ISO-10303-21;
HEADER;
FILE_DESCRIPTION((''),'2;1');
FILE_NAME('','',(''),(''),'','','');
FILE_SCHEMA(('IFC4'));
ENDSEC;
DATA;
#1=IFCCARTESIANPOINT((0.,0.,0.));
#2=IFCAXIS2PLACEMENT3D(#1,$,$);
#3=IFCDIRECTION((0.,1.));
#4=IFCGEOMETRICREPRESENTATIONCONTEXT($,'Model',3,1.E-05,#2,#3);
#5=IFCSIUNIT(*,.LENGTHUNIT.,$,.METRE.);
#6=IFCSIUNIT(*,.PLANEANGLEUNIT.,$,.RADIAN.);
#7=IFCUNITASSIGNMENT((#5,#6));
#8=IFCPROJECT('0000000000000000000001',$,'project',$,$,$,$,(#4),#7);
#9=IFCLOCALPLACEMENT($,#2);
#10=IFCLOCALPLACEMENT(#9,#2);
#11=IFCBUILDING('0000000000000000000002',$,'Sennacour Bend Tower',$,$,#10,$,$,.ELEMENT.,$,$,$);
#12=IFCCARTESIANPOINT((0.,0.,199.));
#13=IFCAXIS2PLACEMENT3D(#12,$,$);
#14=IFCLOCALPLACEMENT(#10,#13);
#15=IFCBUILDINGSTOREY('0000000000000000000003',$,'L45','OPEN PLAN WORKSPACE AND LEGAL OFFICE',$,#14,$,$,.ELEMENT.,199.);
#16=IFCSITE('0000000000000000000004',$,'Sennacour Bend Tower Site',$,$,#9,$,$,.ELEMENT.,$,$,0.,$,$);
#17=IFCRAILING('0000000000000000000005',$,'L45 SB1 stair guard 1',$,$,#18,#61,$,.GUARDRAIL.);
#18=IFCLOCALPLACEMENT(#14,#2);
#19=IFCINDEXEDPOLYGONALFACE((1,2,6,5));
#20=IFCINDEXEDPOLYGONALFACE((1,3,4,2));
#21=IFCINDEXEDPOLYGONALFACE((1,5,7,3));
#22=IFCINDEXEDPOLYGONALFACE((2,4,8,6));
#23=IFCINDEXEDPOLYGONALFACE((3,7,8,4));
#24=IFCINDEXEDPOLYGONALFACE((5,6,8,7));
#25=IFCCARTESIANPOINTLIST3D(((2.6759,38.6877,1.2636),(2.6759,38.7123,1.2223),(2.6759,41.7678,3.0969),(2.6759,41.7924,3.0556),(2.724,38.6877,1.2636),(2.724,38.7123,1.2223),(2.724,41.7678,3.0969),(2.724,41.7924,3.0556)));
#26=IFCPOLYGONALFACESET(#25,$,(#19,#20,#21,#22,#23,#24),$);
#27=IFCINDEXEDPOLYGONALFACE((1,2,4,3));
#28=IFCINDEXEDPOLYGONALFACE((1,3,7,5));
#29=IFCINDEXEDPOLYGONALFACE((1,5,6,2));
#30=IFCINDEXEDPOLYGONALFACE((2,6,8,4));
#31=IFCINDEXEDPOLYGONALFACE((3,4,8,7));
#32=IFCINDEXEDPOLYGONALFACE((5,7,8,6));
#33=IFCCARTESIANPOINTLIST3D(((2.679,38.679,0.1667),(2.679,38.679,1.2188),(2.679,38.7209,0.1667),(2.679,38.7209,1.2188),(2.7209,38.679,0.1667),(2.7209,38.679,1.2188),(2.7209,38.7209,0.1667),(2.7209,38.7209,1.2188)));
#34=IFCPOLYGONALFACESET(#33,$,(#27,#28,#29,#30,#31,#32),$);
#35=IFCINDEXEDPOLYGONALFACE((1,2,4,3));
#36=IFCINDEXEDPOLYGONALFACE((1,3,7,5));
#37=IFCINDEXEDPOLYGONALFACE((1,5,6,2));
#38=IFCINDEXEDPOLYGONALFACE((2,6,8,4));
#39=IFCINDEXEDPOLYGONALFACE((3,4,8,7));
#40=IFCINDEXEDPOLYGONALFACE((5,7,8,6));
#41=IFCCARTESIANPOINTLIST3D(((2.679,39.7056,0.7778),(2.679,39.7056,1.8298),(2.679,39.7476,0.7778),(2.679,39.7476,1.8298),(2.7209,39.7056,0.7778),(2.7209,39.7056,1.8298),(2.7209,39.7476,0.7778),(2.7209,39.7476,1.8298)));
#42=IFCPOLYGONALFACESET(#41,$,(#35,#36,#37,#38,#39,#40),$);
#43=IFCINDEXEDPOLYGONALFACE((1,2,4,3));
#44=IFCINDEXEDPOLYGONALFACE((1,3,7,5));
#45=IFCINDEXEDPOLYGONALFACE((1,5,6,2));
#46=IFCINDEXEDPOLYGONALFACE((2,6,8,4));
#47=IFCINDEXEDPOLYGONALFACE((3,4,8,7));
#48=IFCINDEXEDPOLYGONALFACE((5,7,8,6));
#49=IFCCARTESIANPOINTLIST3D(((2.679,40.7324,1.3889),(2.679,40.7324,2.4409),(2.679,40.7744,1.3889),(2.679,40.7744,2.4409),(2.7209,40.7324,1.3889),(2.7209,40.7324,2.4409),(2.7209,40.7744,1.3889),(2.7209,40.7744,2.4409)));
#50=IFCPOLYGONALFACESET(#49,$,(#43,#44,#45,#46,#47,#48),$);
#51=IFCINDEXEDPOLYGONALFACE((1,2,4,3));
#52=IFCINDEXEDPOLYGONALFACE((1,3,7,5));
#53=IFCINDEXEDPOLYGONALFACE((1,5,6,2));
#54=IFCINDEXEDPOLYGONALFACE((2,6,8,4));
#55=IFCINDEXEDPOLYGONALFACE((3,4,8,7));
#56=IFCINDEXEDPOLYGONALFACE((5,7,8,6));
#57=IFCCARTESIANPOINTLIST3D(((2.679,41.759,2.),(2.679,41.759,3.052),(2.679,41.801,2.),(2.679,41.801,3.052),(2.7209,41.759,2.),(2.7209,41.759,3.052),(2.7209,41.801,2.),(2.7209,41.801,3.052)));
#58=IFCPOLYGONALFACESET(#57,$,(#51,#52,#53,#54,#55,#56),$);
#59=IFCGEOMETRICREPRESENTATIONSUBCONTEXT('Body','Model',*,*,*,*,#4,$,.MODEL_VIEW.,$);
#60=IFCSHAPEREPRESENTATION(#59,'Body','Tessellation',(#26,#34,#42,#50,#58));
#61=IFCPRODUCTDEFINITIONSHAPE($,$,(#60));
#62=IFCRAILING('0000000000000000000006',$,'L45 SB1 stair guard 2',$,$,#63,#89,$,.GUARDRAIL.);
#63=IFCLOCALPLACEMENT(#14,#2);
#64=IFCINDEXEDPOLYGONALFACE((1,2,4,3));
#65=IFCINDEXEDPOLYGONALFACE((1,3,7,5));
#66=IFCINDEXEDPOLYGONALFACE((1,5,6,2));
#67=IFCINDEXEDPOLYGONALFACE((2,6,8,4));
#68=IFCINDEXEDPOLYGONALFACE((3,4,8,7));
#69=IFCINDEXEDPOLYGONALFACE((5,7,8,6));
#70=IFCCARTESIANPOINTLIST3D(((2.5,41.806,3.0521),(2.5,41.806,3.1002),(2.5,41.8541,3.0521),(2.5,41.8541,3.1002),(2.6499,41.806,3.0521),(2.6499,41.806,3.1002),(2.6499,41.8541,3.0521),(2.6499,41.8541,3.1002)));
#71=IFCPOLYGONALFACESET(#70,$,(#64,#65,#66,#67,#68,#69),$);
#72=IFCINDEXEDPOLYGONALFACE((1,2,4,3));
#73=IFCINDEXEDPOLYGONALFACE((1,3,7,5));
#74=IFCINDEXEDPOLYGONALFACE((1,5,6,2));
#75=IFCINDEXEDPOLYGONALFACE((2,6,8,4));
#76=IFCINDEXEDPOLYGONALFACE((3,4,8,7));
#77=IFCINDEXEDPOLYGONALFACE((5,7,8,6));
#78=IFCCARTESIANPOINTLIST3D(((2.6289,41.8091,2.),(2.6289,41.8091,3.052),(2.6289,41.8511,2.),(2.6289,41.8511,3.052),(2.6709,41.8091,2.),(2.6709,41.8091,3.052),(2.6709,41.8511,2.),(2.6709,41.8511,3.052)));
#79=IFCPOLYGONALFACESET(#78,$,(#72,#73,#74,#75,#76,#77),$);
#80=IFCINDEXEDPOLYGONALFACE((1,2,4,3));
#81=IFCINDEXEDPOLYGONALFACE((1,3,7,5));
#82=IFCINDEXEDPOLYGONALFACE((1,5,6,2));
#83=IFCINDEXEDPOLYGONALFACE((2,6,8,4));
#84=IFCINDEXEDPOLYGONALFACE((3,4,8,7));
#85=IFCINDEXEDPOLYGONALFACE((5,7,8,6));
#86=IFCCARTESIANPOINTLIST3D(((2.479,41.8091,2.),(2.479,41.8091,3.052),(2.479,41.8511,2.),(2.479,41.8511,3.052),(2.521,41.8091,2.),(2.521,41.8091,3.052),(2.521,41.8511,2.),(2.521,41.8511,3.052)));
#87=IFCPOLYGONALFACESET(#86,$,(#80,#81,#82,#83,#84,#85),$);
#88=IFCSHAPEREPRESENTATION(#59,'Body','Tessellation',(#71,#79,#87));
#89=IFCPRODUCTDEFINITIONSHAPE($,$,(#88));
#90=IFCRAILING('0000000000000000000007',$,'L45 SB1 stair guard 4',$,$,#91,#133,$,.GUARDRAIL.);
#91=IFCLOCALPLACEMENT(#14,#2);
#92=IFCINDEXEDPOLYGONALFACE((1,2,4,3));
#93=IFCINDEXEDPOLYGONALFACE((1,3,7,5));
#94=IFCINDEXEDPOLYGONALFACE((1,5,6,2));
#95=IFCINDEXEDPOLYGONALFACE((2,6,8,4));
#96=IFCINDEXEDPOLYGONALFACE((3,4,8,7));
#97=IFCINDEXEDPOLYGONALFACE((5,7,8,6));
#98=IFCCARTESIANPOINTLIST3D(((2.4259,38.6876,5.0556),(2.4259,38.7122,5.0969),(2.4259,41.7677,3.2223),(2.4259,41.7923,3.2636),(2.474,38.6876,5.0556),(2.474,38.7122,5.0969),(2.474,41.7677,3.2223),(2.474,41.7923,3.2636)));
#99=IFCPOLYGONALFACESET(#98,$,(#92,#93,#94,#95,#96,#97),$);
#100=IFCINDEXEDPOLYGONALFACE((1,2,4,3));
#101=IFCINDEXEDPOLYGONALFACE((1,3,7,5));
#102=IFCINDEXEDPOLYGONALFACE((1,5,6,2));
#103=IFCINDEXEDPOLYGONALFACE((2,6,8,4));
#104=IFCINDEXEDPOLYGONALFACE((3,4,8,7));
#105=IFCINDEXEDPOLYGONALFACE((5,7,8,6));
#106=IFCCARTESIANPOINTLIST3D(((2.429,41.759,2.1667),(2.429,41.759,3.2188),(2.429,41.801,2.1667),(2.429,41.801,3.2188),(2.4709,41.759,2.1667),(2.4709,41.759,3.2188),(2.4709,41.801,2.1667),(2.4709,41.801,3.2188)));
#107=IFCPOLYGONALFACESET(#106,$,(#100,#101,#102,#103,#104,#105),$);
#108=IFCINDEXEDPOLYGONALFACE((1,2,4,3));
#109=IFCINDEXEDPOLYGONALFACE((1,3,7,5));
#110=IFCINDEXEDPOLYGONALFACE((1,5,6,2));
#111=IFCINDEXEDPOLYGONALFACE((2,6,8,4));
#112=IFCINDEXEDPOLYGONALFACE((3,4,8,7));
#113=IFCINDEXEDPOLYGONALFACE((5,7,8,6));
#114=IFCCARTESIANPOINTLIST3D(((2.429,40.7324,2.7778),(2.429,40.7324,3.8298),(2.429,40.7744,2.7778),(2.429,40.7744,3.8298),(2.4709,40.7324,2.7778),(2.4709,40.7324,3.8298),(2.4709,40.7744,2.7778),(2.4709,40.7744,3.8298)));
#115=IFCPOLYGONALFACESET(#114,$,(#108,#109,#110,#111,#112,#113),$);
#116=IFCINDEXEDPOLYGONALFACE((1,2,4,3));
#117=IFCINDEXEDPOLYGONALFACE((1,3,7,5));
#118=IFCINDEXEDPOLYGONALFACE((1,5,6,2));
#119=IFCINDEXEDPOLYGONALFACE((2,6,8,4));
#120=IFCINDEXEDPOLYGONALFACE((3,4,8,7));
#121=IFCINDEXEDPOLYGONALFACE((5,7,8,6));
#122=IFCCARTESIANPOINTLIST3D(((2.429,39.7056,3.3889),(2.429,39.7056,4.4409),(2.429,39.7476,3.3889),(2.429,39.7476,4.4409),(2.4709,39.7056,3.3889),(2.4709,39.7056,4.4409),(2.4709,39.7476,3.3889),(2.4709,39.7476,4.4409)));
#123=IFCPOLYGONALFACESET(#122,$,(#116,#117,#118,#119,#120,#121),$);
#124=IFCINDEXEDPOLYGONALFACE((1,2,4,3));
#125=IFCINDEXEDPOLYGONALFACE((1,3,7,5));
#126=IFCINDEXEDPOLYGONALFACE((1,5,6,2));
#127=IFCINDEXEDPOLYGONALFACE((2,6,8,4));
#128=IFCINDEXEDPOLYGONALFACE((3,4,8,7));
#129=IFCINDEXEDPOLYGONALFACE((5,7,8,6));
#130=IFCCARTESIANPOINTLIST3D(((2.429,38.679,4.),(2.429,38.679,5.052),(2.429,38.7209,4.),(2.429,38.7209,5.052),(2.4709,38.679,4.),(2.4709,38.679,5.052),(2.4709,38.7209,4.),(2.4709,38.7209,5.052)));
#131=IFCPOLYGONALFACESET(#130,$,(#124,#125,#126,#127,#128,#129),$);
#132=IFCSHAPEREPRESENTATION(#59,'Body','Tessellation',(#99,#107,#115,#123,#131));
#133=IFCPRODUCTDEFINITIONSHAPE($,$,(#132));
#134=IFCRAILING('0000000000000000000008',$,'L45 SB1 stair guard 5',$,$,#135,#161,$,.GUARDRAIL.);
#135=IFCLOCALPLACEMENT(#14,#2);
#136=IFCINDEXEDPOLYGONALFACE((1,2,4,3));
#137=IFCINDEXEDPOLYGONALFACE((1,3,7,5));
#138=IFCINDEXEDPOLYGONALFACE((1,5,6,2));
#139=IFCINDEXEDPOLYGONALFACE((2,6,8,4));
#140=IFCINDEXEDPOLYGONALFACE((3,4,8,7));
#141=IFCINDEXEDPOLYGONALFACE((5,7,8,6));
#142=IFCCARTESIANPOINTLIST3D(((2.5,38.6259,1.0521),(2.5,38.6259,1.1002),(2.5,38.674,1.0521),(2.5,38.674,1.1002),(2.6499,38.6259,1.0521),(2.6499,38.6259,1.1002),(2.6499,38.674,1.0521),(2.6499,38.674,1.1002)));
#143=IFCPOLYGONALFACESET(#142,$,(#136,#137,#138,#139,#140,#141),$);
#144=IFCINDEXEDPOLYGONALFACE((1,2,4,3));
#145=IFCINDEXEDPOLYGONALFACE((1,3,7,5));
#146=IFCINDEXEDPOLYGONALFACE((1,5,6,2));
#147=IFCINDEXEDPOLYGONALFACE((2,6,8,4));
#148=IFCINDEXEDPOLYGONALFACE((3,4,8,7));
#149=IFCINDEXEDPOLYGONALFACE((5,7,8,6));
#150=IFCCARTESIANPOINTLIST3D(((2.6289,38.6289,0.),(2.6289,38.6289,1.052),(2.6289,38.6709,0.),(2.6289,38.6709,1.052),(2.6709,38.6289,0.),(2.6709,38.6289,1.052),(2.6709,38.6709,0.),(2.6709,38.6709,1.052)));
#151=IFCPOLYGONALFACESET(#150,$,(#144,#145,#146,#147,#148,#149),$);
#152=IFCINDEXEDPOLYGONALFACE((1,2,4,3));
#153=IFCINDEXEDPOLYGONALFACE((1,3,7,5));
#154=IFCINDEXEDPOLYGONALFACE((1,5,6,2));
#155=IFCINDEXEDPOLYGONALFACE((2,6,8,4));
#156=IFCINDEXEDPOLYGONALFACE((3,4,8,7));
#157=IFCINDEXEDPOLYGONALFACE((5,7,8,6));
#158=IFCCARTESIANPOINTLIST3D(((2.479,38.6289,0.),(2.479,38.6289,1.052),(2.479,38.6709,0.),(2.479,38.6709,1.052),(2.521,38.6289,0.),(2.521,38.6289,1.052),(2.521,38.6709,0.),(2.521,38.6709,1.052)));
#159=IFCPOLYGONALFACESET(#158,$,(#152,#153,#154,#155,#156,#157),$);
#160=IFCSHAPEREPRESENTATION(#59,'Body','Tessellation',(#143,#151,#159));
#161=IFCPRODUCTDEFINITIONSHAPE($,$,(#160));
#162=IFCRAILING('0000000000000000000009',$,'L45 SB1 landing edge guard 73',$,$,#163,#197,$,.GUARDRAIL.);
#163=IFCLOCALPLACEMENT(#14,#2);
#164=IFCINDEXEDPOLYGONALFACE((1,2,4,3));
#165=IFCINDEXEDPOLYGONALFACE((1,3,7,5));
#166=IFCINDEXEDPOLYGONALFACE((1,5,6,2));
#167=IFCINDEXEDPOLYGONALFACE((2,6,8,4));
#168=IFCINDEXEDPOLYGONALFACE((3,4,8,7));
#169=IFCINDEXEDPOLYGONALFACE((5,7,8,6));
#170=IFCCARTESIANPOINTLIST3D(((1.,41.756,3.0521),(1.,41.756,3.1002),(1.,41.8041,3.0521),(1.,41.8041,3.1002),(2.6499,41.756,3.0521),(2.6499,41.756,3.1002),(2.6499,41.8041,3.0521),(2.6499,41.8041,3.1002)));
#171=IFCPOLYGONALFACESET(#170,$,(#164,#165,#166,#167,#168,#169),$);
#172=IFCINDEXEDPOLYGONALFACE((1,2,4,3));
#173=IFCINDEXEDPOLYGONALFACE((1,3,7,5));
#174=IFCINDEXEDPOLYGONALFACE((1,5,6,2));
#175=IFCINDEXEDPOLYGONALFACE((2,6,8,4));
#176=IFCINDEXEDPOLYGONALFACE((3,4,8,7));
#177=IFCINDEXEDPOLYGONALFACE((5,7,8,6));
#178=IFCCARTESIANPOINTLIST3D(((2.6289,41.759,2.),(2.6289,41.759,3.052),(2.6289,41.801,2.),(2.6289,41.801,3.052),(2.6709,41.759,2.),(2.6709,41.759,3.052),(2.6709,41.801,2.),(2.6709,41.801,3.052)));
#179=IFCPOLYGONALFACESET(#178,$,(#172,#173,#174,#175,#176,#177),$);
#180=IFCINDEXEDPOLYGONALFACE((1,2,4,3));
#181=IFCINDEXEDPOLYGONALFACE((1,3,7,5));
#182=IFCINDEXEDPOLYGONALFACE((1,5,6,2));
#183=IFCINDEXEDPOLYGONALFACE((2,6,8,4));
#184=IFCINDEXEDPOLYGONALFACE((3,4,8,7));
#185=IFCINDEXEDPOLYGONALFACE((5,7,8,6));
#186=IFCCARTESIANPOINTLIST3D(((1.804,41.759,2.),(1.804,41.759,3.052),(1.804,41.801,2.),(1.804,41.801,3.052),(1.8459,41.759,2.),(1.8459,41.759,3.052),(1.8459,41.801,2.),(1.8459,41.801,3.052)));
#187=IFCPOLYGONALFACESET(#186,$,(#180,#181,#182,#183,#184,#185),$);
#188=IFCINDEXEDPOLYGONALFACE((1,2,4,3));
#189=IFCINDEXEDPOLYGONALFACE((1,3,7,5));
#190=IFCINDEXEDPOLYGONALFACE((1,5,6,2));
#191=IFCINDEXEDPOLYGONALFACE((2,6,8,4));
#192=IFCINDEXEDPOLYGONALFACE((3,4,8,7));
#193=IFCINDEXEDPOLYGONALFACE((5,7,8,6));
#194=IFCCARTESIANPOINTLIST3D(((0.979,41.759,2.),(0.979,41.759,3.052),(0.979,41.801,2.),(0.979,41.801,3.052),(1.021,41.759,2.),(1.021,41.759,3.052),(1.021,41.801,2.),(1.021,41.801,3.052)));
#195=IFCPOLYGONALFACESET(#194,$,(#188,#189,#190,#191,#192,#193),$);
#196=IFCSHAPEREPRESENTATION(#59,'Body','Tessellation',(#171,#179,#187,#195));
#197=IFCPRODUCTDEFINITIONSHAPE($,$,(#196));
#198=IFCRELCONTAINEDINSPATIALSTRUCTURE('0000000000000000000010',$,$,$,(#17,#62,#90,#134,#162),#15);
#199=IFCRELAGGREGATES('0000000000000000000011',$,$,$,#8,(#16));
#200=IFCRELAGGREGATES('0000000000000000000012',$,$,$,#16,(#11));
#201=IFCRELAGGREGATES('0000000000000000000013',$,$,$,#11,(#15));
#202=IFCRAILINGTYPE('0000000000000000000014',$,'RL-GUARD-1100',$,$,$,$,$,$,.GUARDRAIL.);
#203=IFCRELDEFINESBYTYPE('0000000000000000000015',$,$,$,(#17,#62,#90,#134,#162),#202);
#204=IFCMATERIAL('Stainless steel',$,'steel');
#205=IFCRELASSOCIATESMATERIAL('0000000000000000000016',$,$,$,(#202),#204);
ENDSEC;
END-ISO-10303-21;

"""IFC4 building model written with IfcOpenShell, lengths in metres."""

from ifc_helpers import new_model, si_unit, direction, frame, origin, origin_2d, place, context, subcontext, project, spatial, rectangle, extrude, material, type_object, element, save


model = new_model("IFC4")

# Units and contexts
model_context = context("Model", 3, precision=1e-05, world=origin(), true_north=direction((0.0, 1.0)))
body_context = subcontext(model_context, "Body", "Model", "MODEL_VIEW")
ifc_project = project(units=[si_unit("LENGTHUNIT", "METRE"), si_unit("PLANEANGLEUNIT", "RADIAN")], contexts=[model_context])

# Site, building, storey
site_placement = place(None, origin())
site = spatial("IfcSite", under=ifc_project, at=site_placement, Name="Sennacour Bend Tower Site", CompositionType="ELEMENT", RefElevation=0.0)
building_placement = place(site_placement, origin())
building = spatial("IfcBuilding", under=site, at=building_placement, Name="Sennacour Bend Tower", CompositionType="ELEMENT")
storey_placement = place(building_placement, frame((0.0, 0.0, 199.0)))
storey = spatial("IfcBuildingStorey", under=building, at=storey_placement, Name="L45", Description="OPEN PLAN WORKSPACE AND LEGAL OFFICE", CompositionType="ELEMENT", Elevation=199.0)

# Railings
ifc_material_1 = material(Name="Stainless steel", Category="steel")
railing_type_1 = type_object("IfcRailingType", Name="RL-GUARD-1100", PredefinedType="GUARDRAIL", material=ifc_material_1)
railing_1_placement = place(storey_placement, frame((2.7, 38.7, 0.1667)))
element("IfcRailing", 1, at=railing_1_placement, inside=storey, type_object=railing_type_1, Name="L45 SB1 stair guard 1", PredefinedType="GUARDRAIL", context=body_context, shape_type="SweptSolid", body=[
    extrude(rectangle(XDim=0.0481, YDim=0.0481, at=origin_2d()), frame((0.0, 0.0, 1.0762), z_axis=(0.0, 0.859309, 0.511458), x_axis=(-1.0, 0.0, 0.0)), (0.0, 0.0, 1.0), 3.5845),
    extrude(rectangle(XDim=0.042, YDim=0.042, at=origin_2d()), origin(), (0.0, 0.0, 1.0), 1.052),
    extrude(rectangle(XDim=0.042, YDim=0.042, at=origin_2d()), frame((0.0, 1.0266, 0.6111)), (0.0, 0.0, 1.0), 1.052),
    extrude(rectangle(XDim=0.042, YDim=0.042, at=origin_2d()), frame((0.0, 2.0535, 1.2222)), (0.0, 0.0, 1.0), 1.052),
    extrude(rectangle(XDim=0.042, YDim=0.042, at=origin_2d()), frame((0.0, 3.0801, 1.8333)), (0.0, 0.0, 1.0), 1.052),
])
railing_2_placement = place(storey_placement, frame((2.6499, 41.8301, 2.0)))
element("IfcRailing", 2, at=railing_2_placement, inside=storey, type_object=railing_type_1, Name="L45 SB1 stair guard 2", PredefinedType="GUARDRAIL", context=body_context, shape_type="SweptSolid", body=[
    extrude(rectangle(XDim=0.0481, YDim=0.0481, at=origin_2d()), frame((0.0, 0.0, 1.0762), z_axis=(-1.0, 0.0, 0.0), x_axis=(0.0, -1.0, 0.0)), (0.0, 0.0, 1.0), 0.1499),
    extrude(rectangle(XDim=0.042, YDim=0.042, at=origin_2d()), origin(), (0.0, 0.0, 1.0), 1.052),
    extrude(rectangle(XDim=0.042, YDim=0.042, at=origin_2d()), frame((-0.1499, 0.0, 0.0)), (0.0, 0.0, 1.0), 1.052),
])
railing_3_placement = place(storey_placement, frame((2.45, 41.78, 2.1667)))
element("IfcRailing", 3, at=railing_3_placement, inside=storey, type_object=railing_type_1, Name="L45 SB1 stair guard 4", PredefinedType="GUARDRAIL", context=body_context, shape_type="SweptSolid", body=[
    extrude(rectangle(XDim=0.0481, YDim=0.0481, at=origin_2d()), frame((0.0, 0.0, 1.0762), z_axis=(0.0, -0.859309, 0.511458), x_axis=(1.0, 0.0, 0.0)), (0.0, 0.0, 1.0), 3.5845),
    extrude(rectangle(XDim=0.042, YDim=0.042, at=origin_2d()), origin(), (0.0, 0.0, 1.0), 1.052),
    extrude(rectangle(XDim=0.042, YDim=0.042, at=origin_2d()), frame((0.0, -1.0266, 0.6111)), (0.0, 0.0, 1.0), 1.052),
    extrude(rectangle(XDim=0.042, YDim=0.042, at=origin_2d()), frame((0.0, -2.0535, 1.2222)), (0.0, 0.0, 1.0), 1.052),
    extrude(rectangle(XDim=0.042, YDim=0.042, at=origin_2d()), frame((0.0, -3.0801, 1.8333)), (0.0, 0.0, 1.0), 1.052),
])
railing_4_placement = place(storey_placement, frame((2.6499, 38.6499, 0.0)))
element("IfcRailing", 4, at=railing_4_placement, inside=storey, type_object=railing_type_1, Name="L45 SB1 stair guard 5", PredefinedType="GUARDRAIL", context=body_context, shape_type="SweptSolid", body=[
    extrude(rectangle(XDim=0.0481, YDim=0.0481, at=origin_2d()), frame((0.0, 0.0, 1.0762), z_axis=(-1.0, 0.0, 0.0), x_axis=(0.0, -1.0, 0.0)), (0.0, 0.0, 1.0), 0.1499),
    extrude(rectangle(XDim=0.042, YDim=0.042, at=origin_2d()), origin(), (0.0, 0.0, 1.0), 1.052),
    extrude(rectangle(XDim=0.042, YDim=0.042, at=origin_2d()), frame((-0.1499, 0.0, 0.0)), (0.0, 0.0, 1.0), 1.052),
])
railing_5_placement = place(storey_placement, frame((2.6499, 41.78, 2.0)))
element("IfcRailing", 5, at=railing_5_placement, inside=storey, type_object=railing_type_1, Name="L45 SB1 landing edge guard 73", PredefinedType="GUARDRAIL", context=body_context, shape_type="SweptSolid", body=[
    extrude(rectangle(XDim=0.0481, YDim=0.0481, at=origin_2d()), frame((0.0, 0.0, 1.0762), z_axis=(-1.0, 0.0, 0.0), x_axis=(0.0, -1.0, 0.0)), (0.0, 0.0, 1.0), 1.6499),
    extrude(rectangle(XDim=0.042, YDim=0.042, at=origin_2d()), origin(), (0.0, 0.0, 1.0), 1.052),
    extrude(rectangle(XDim=0.042, YDim=0.042, at=origin_2d()), frame((-0.825, 0.0, 0.0)), (0.0, 0.0, 1.0), 1.052),
    extrude(rectangle(XDim=0.042, YDim=0.042, at=origin_2d()), frame((-1.6499, 0.0, 0.0)), (0.0, 0.0, 1.0), 1.052),
])

save(model, "model.ifc")
